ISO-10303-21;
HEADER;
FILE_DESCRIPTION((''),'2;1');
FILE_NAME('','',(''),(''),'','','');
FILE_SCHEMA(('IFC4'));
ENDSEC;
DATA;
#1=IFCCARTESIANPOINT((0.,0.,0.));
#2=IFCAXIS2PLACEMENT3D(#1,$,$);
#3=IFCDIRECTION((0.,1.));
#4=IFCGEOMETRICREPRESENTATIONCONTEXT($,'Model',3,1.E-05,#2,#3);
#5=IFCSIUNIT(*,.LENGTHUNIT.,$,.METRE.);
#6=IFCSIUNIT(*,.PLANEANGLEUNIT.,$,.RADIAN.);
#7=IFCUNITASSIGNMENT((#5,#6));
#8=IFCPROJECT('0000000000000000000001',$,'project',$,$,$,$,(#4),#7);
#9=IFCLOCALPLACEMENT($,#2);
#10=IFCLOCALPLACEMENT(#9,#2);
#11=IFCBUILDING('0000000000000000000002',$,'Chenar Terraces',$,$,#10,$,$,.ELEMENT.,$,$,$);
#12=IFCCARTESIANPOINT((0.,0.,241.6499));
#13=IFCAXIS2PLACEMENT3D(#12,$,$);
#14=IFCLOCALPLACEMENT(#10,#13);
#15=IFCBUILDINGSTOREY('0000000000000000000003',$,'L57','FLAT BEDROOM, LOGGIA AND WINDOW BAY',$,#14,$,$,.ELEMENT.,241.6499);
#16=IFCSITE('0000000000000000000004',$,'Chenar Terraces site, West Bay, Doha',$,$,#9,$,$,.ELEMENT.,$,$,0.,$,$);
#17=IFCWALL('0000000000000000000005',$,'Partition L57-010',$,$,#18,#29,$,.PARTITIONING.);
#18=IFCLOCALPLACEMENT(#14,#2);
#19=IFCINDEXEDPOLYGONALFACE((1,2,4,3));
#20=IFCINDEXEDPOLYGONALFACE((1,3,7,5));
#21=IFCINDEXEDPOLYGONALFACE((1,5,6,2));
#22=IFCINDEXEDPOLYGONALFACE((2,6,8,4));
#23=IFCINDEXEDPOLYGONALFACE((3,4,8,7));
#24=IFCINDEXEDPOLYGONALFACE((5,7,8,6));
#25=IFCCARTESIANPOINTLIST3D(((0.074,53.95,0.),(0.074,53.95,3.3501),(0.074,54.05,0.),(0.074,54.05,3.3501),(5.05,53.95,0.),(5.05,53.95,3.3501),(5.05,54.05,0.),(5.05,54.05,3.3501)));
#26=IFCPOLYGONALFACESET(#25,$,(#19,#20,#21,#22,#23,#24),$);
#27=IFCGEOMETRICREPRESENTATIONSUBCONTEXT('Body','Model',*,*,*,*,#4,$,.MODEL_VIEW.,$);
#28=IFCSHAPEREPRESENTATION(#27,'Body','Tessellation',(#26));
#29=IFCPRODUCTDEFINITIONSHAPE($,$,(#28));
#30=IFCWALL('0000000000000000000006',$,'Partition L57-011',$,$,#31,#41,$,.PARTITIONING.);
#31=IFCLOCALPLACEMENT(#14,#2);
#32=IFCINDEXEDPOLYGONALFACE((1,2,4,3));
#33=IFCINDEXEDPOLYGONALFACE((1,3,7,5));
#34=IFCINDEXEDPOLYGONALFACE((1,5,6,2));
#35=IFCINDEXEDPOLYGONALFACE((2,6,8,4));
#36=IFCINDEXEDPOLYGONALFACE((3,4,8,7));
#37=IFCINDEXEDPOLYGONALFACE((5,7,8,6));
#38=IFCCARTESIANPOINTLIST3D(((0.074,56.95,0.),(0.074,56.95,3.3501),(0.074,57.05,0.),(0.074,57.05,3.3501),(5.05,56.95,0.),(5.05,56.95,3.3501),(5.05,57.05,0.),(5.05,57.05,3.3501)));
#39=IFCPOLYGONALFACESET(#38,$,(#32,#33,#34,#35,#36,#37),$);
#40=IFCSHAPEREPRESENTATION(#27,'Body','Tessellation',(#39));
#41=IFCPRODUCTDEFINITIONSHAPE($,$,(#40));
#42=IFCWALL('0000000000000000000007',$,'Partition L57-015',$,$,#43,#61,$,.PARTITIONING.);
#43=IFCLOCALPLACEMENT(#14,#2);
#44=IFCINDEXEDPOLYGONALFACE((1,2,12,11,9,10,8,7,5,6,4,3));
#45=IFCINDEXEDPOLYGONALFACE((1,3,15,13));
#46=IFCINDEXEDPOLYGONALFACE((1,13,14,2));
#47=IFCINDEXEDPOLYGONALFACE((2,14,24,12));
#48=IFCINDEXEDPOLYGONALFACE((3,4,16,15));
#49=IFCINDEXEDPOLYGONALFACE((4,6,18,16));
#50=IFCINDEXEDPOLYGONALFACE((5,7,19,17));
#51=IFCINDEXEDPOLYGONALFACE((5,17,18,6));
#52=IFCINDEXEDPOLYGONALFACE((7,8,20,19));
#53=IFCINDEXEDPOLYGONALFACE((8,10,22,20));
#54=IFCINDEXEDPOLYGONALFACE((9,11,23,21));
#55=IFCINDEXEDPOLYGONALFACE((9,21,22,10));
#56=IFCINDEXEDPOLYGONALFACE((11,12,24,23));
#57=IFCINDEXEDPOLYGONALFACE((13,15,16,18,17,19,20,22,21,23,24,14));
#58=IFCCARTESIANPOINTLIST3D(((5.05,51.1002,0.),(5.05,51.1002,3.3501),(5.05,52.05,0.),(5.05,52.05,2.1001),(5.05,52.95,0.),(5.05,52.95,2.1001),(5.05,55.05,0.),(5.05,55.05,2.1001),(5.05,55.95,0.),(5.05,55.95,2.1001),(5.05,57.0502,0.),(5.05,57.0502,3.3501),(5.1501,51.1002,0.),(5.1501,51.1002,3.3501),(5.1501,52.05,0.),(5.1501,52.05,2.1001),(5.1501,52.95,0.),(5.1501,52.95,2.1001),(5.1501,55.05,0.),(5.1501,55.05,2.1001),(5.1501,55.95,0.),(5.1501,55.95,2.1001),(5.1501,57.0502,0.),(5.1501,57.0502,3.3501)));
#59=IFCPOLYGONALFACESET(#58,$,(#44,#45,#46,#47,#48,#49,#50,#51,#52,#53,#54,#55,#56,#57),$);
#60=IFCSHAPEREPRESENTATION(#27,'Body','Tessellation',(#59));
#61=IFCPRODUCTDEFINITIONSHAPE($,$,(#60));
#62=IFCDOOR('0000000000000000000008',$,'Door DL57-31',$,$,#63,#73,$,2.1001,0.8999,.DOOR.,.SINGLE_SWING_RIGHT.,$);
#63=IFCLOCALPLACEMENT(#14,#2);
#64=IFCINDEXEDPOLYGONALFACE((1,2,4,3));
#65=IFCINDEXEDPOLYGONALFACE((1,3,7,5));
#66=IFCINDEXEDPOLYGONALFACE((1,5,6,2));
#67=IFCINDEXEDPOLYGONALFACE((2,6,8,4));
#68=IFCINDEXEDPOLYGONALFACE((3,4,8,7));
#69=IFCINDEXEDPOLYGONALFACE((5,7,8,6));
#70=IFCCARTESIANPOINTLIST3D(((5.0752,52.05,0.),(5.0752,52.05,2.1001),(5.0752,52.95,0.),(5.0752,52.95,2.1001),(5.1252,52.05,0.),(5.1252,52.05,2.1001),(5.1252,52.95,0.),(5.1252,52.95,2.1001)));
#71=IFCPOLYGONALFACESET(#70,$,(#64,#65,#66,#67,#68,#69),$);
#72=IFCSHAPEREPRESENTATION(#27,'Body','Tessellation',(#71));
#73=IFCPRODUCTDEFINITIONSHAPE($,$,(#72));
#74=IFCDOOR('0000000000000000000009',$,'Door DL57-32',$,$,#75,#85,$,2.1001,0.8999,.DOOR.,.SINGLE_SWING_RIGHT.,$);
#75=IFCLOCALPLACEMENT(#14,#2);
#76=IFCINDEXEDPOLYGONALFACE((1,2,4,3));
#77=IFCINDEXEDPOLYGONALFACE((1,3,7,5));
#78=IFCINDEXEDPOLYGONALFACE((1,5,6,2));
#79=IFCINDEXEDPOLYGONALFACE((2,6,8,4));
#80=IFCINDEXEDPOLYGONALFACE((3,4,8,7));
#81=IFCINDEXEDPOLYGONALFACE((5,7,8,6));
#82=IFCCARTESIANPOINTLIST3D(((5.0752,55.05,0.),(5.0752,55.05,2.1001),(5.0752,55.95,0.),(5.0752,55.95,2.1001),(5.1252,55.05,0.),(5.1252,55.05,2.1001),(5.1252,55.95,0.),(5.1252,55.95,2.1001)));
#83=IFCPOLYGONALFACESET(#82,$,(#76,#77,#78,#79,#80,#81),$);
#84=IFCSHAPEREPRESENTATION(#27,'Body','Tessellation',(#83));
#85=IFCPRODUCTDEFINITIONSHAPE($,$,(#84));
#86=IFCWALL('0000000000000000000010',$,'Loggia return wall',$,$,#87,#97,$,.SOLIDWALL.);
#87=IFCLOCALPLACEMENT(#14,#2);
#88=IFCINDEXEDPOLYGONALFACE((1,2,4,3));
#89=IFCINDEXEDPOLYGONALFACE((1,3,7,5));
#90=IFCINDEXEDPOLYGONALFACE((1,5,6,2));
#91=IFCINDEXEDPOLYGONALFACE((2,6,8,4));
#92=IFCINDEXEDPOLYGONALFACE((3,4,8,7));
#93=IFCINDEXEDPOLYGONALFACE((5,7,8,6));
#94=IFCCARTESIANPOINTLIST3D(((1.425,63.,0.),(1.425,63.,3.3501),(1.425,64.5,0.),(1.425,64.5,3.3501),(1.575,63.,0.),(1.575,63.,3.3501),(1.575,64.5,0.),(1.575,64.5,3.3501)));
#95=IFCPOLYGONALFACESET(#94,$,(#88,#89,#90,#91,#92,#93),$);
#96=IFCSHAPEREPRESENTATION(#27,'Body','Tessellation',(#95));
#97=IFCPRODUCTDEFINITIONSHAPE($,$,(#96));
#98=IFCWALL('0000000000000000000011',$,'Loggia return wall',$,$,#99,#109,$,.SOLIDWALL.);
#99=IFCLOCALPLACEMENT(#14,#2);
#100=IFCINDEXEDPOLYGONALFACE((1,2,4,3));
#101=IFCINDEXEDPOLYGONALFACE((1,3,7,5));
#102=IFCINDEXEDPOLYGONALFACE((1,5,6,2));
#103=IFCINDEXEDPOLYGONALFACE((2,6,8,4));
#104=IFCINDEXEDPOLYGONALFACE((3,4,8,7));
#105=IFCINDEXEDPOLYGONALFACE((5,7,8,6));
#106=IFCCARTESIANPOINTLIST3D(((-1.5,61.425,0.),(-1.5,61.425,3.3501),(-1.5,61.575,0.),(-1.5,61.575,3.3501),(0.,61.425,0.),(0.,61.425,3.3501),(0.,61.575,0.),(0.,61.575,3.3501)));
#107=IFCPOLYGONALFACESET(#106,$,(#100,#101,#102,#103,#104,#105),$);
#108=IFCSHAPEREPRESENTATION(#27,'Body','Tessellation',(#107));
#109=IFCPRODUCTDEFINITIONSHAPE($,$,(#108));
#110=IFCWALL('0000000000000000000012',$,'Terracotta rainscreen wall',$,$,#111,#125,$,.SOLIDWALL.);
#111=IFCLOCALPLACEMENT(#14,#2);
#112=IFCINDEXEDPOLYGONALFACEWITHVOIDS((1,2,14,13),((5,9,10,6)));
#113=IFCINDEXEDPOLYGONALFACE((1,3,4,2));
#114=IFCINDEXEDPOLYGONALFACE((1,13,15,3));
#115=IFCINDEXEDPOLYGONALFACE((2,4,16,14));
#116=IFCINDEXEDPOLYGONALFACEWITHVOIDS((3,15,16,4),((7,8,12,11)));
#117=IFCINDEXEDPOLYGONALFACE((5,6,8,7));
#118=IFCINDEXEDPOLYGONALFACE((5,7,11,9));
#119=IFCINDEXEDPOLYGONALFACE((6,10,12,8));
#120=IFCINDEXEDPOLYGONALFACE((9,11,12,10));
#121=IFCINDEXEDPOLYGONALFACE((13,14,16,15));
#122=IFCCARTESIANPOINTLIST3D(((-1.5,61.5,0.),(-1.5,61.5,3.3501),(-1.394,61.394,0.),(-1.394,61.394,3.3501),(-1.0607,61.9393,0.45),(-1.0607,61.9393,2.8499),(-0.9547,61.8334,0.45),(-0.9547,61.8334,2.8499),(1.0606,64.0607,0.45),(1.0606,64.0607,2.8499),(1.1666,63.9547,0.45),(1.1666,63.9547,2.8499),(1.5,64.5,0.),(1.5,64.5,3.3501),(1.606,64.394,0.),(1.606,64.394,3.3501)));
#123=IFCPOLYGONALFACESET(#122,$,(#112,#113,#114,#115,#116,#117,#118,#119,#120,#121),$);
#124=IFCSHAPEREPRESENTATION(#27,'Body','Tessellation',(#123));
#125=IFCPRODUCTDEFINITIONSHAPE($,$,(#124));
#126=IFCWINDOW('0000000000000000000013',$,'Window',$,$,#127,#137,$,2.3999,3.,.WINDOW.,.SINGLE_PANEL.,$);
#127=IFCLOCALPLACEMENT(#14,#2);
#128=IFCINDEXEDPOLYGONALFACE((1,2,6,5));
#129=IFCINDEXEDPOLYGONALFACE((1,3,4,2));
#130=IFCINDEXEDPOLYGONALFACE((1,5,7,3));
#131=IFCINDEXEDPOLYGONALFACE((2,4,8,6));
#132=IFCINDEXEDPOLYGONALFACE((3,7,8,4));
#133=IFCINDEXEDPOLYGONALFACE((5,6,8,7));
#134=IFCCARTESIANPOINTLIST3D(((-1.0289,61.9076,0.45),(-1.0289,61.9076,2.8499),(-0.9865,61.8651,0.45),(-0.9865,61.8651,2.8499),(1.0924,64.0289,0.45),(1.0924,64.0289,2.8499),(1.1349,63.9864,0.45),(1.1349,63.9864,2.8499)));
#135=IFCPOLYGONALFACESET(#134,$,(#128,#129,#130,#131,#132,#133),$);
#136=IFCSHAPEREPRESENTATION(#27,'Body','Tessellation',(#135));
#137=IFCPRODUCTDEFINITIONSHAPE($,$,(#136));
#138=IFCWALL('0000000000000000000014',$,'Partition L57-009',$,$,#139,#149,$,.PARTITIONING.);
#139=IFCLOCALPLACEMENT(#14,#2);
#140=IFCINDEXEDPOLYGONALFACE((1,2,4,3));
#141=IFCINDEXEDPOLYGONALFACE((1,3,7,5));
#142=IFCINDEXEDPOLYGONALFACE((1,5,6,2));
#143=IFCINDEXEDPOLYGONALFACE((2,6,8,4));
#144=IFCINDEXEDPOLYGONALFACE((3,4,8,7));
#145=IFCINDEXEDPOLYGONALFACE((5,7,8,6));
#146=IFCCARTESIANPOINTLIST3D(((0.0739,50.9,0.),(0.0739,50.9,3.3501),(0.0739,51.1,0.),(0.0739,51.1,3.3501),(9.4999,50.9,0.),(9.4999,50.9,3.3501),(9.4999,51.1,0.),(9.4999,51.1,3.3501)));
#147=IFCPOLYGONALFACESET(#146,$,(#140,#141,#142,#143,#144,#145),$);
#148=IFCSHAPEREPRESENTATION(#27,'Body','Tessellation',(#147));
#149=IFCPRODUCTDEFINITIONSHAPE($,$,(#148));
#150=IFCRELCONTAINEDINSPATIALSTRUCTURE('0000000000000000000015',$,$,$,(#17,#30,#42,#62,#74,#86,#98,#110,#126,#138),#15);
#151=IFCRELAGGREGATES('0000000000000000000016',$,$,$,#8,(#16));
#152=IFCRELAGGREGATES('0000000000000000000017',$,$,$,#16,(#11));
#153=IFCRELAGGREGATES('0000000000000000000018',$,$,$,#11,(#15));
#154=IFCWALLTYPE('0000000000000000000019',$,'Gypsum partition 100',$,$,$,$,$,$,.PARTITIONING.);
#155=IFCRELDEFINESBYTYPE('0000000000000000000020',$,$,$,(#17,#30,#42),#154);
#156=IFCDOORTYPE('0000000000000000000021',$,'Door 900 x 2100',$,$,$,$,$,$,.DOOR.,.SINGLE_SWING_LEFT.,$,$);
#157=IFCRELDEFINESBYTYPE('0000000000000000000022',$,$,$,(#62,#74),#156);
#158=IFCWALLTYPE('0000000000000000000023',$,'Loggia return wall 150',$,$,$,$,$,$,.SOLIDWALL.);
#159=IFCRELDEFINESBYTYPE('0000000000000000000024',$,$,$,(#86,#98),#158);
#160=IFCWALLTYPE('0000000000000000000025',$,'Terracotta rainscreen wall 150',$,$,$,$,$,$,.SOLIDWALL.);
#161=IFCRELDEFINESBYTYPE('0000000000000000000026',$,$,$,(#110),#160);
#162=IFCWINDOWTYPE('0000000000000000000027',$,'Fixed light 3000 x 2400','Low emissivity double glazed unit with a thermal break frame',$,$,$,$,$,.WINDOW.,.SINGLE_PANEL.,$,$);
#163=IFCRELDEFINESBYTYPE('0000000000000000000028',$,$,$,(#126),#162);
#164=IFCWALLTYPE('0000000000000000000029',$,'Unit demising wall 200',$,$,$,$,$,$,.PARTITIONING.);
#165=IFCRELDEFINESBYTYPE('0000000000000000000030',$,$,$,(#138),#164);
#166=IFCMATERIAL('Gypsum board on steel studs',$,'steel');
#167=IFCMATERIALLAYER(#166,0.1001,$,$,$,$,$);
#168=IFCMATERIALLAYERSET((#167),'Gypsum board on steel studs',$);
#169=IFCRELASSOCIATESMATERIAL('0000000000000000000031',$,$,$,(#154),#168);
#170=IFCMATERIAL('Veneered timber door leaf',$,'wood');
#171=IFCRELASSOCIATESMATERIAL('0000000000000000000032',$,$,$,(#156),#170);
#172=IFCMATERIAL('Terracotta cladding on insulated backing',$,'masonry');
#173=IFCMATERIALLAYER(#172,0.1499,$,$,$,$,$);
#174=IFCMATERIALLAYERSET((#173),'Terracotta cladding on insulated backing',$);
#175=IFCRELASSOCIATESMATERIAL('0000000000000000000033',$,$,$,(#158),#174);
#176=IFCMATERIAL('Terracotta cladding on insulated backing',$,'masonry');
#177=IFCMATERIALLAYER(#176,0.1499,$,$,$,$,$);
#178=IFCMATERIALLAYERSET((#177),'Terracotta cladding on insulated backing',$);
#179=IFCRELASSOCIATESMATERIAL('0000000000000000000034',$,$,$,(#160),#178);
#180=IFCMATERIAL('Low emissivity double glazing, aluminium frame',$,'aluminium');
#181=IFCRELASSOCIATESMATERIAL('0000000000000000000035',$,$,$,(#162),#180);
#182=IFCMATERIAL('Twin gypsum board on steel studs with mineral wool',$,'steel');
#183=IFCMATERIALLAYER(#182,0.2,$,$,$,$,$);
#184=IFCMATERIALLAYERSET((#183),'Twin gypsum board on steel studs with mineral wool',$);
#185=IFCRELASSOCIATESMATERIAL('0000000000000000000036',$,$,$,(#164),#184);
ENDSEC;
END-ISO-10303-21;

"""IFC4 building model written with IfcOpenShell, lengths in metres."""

from ifc_helpers import new_model, si_unit, direction, frame, frame_2d, origin, place, context, subcontext, project, spatial, rectangle, extrude, material, layer, layer_set, type_object, element, fill, save


model = new_model("IFC4")

# Units and contexts
model_context = context("Model", 3, precision=1e-05, world=origin(), true_north=direction((0.0, 1.0)))
body_context = subcontext(model_context, "Body", "Model", "MODEL_VIEW")
ifc_project = project(units=[si_unit("LENGTHUNIT", "METRE"), si_unit("PLANEANGLEUNIT", "RADIAN")], contexts=[model_context])

# Site, building, storey
site_placement = place(None, origin())
site = spatial("IfcSite", under=ifc_project, at=site_placement, Name="Chenar Terraces site, West Bay, Doha", CompositionType="ELEMENT", RefElevation=0.0)
building_placement = place(site_placement, origin())
building = spatial("IfcBuilding", under=site, at=building_placement, Name="Chenar Terraces", CompositionType="ELEMENT")
storey_placement = place(building_placement, frame((0.0, 0.0, 241.6499)))
storey = spatial("IfcBuildingStorey", under=building, at=storey_placement, Name="L57", Description="FLAT BEDROOM, LOGGIA AND WINDOW BAY", CompositionType="ELEMENT", Elevation=241.6499)

# Walls
ifc_material_1 = material(Name="Gypsum board on steel studs", Category="steel")
ifc_layer_1 = layer(ifc_material_1, 0.1001)
ifc_layer_set_1 = layer_set([ifc_layer_1], Name="Gypsum board on steel studs")
wall_type_1 = type_object("IfcWallType", Name="Gypsum partition 100", PredefinedType="PARTITIONING", material=ifc_layer_set_1)
for number, where, z_axis, x_axis, name in (
    (1, (0.074, 54.0, 0.0), (0.0, 0.0, 1.0), (1.0, 0.0, 0.0), "Partition L57-010"),
    (2, (0.074, 57.0, 0.0), (0.0, 0.0, 1.0), (1.0, 0.0, 0.0), "Partition L57-011"),
):
    element("IfcWall", number, at=place(storey_placement, frame(where, z_axis=z_axis, x_axis=x_axis)), inside=storey, type_object=wall_type_1, Name=name, PredefinedType="PARTITIONING", context=body_context, shape_type="SweptSolid", body=[
        extrude(rectangle(XDim=4.9761, YDim=0.1001, at=frame_2d((2.488, 0.0))), origin(), (0.0, 0.0, 1.0), 3.3501),
    ])

# Wall, openings, doors
wall_1_placement = place(storey_placement, frame((5.1001, 51.1001, 0.0), z_axis=(0.0, 0.0, 1.0), x_axis=(0.0, 1.0, 0.0)))
wall_1 = element("IfcWall", 3, at=wall_1_placement, inside=storey, type_object=wall_type_1, Name="Partition L57-015", PredefinedType="PARTITIONING", context=body_context, shape_type="SweptSolid", body=[
    extrude(rectangle(XDim=5.95, YDim=0.1001, at=frame_2d((2.9751, 0.0))), origin(), (0.0, 0.0, 1.0), 3.3501),
])
opening_1_placement = place(wall_1_placement, frame((0.95, 0.0, 0.0)))
opening_1 = element("IfcOpeningElement", 4, at=opening_1_placement, cuts=wall_1, PredefinedType="OPENING", context=body_context, shape_type="SweptSolid", body=[
    extrude(rectangle(XDim=0.8999, YDim=2.1001, at=frame_2d((0.45, 1.05))), frame((0.0, 0.0601, 0.0), z_axis=(0.0, -1.0, 0.0), x_axis=(1.0, 0.0, 0.0)), (0.0, 0.0, 1.0), 0.1201),
])
opening_2_placement = place(wall_1_placement, frame((3.95, 0.0, 0.0)))
opening_2 = element("IfcOpeningElement", 5, at=opening_2_placement, cuts=wall_1, PredefinedType="OPENING", context=body_context, shape_type="SweptSolid", body=[
    extrude(rectangle(XDim=0.8999, YDim=2.1001, at=frame_2d((0.45, 1.05))), frame((0.0, 0.0601, 0.0), z_axis=(0.0, -1.0, 0.0), x_axis=(1.0, 0.0, 0.0)), (0.0, 0.0, 1.0), 0.1201),
])
ifc_material_2 = material(Name="Veneered timber door leaf", Category="wood")
door_type_1 = type_object("IfcDoorType", Name="Door 900 x 2100", OperationType="SINGLE_SWING_LEFT", PredefinedType="DOOR", material=ifc_material_2)
door_1_placement = place(opening_1_placement, origin())
door_1 = element("IfcDoor", 6, at=door_1_placement, inside=storey, type_object=door_type_1, Name="Door DL57-31", OperationType="SINGLE_SWING_RIGHT", OverallHeight=2.1001, OverallWidth=0.8999, PredefinedType="DOOR", context=body_context, shape_type="SweptSolid", body=[
    extrude(rectangle(XDim=0.8999, YDim=2.1001, at=frame_2d((0.45, 1.05))), frame((0.0, 0.0249, 0.0), z_axis=(0.0, -1.0, 0.0), x_axis=(1.0, 0.0, 0.0)), (0.0, 0.0, 1.0), 0.05),
])
fill(opening_1, door_1)
door_2_placement = place(opening_2_placement, origin())
door_2 = element("IfcDoor", 7, at=door_2_placement, inside=storey, type_object=door_type_1, Name="Door DL57-32", OperationType="SINGLE_SWING_RIGHT", OverallHeight=2.1001, OverallWidth=0.8999, PredefinedType="DOOR", context=body_context, shape_type="SweptSolid", body=[
    extrude(rectangle(XDim=0.8999, YDim=2.1001, at=frame_2d((0.45, 1.05))), frame((0.0, 0.0249, 0.0), z_axis=(0.0, -1.0, 0.0), x_axis=(1.0, 0.0, 0.0)), (0.0, 0.0, 1.0), 0.05),
])
fill(opening_2, door_2)

# Walls
ifc_material_3 = material(Name="Terracotta cladding on insulated backing", Category="masonry")
ifc_layer_2 = layer(ifc_material_3, 0.1499)
ifc_layer_set_2 = layer_set([ifc_layer_2], Name="Terracotta cladding on insulated backing")
wall_type_2 = type_object("IfcWallType", Name="Loggia return wall 150", PredefinedType="SOLIDWALL", material=ifc_layer_set_2)
for number, where, z_axis, x_axis, name in (
    (8, (1.5, 64.5, 0.0), (0.0, 0.0, 1.0), (0.0, -1.0, 0.0), "Loggia return wall"),
    (9, (-1.5, 61.5, 0.0), (0.0, 0.0, 1.0), (1.0, 0.0, 0.0), "Loggia return wall"),
):
    element("IfcWall", number, at=place(storey_placement, frame(where, z_axis=z_axis, x_axis=x_axis)), inside=storey, type_object=wall_type_2, Name=name, PredefinedType="SOLIDWALL", context=body_context, shape_type="SweptSolid", body=[
        extrude(rectangle(XDim=1.5, YDim=0.1499, at=frame_2d((0.75, 0.0))), origin(), (0.0, 0.0, 1.0), 3.3501),
    ])

# Wall, opening, window
ifc_material_4 = material(Name="Terracotta cladding on insulated backing", Category="masonry")
ifc_layer_3 = layer(ifc_material_4, 0.1499)
ifc_layer_set_3 = layer_set([ifc_layer_3], Name="Terracotta cladding on insulated backing")
wall_type_3 = type_object("IfcWallType", Name="Terracotta rainscreen wall 150", PredefinedType="SOLIDWALL", material=ifc_layer_set_3)
wall_2_placement = place(storey_placement, frame((1.553, 64.447, 0.0), z_axis=(0.0, 0.0, 1.0), x_axis=(-0.707107, -0.707107, 0.0)))
wall_2 = element("IfcWall", 10, at=wall_2_placement, inside=storey, type_object=wall_type_3, Name="Terracotta rainscreen wall", PredefinedType="SOLIDWALL", context=body_context, shape_type="SweptSolid", body=[
    extrude(rectangle(XDim=4.2427, YDim=0.1499, at=frame_2d((2.1213, 0.0))), origin(), (0.0, 0.0, 1.0), 3.3501),
])
opening_3_placement = place(wall_2_placement, frame((0.6213, 0.0, 0.45)))
opening_3 = element("IfcOpeningElement", 11, at=opening_3_placement, cuts=wall_2, PredefinedType="OPENING", context=body_context, shape_type="SweptSolid", body=[
    extrude(rectangle(XDim=3.0, YDim=2.3999, at=frame_2d((1.5, 1.2))), frame((0.0, 0.085, 0.0), z_axis=(0.0, -1.0, 0.0), x_axis=(1.0, 0.0, 0.0)), (0.0, 0.0, 1.0), 0.1699),
])
ifc_material_5 = material(Name="Low emissivity double glazing, aluminium frame", Category="aluminium")
window_type_1 = type_object("IfcWindowType", Name="Fixed light 3000 x 2400", Description="Low emissivity double glazed unit with a thermal break frame", PartitioningType="SINGLE_PANEL", PredefinedType="WINDOW", material=ifc_material_5)
window_1_placement = place(opening_3_placement, origin())
window_1 = element("IfcWindow", 12, at=window_1_placement, inside=storey, type_object=window_type_1, Name="Window", OverallHeight=2.3999, OverallWidth=3.0, PartitioningType="SINGLE_PANEL", PredefinedType="WINDOW", context=body_context, shape_type="SweptSolid", body=[
    extrude(rectangle(XDim=3.0, YDim=2.3999, at=frame_2d((1.5, 1.2))), frame((0.0, 0.03, 0.0), z_axis=(0.0, -1.0, 0.0), x_axis=(1.0, 0.0, 0.0)), (0.0, 0.0, 1.0), 0.0601),
])
fill(opening_3, window_1)

# Wall
ifc_material_6 = material(Name="Twin gypsum board on steel studs with mineral wool", Category="steel")
ifc_layer_4 = layer(ifc_material_6, 0.2)
ifc_layer_set_4 = layer_set([ifc_layer_4], Name="Twin gypsum board on steel studs with mineral wool")
wall_type_4 = type_object("IfcWallType", Name="Unit demising wall 200", PredefinedType="PARTITIONING", material=ifc_layer_set_4)
wall_3_placement = place(storey_placement, frame((0.074, 51.0, 0.0), z_axis=(0.0, 0.0, 1.0), x_axis=(1.0, 0.0, 0.0)))
element("IfcWall", 13, at=wall_3_placement, inside=storey, type_object=wall_type_4, Name="Partition L57-009", PredefinedType="PARTITIONING", context=body_context, shape_type="SweptSolid", body=[
    extrude(rectangle(XDim=9.426, YDim=0.2, at=frame_2d((4.7129, 0.0))), origin(), (0.0, 0.0, 1.0), 3.3501),
])

save(model, "model.ifc")
